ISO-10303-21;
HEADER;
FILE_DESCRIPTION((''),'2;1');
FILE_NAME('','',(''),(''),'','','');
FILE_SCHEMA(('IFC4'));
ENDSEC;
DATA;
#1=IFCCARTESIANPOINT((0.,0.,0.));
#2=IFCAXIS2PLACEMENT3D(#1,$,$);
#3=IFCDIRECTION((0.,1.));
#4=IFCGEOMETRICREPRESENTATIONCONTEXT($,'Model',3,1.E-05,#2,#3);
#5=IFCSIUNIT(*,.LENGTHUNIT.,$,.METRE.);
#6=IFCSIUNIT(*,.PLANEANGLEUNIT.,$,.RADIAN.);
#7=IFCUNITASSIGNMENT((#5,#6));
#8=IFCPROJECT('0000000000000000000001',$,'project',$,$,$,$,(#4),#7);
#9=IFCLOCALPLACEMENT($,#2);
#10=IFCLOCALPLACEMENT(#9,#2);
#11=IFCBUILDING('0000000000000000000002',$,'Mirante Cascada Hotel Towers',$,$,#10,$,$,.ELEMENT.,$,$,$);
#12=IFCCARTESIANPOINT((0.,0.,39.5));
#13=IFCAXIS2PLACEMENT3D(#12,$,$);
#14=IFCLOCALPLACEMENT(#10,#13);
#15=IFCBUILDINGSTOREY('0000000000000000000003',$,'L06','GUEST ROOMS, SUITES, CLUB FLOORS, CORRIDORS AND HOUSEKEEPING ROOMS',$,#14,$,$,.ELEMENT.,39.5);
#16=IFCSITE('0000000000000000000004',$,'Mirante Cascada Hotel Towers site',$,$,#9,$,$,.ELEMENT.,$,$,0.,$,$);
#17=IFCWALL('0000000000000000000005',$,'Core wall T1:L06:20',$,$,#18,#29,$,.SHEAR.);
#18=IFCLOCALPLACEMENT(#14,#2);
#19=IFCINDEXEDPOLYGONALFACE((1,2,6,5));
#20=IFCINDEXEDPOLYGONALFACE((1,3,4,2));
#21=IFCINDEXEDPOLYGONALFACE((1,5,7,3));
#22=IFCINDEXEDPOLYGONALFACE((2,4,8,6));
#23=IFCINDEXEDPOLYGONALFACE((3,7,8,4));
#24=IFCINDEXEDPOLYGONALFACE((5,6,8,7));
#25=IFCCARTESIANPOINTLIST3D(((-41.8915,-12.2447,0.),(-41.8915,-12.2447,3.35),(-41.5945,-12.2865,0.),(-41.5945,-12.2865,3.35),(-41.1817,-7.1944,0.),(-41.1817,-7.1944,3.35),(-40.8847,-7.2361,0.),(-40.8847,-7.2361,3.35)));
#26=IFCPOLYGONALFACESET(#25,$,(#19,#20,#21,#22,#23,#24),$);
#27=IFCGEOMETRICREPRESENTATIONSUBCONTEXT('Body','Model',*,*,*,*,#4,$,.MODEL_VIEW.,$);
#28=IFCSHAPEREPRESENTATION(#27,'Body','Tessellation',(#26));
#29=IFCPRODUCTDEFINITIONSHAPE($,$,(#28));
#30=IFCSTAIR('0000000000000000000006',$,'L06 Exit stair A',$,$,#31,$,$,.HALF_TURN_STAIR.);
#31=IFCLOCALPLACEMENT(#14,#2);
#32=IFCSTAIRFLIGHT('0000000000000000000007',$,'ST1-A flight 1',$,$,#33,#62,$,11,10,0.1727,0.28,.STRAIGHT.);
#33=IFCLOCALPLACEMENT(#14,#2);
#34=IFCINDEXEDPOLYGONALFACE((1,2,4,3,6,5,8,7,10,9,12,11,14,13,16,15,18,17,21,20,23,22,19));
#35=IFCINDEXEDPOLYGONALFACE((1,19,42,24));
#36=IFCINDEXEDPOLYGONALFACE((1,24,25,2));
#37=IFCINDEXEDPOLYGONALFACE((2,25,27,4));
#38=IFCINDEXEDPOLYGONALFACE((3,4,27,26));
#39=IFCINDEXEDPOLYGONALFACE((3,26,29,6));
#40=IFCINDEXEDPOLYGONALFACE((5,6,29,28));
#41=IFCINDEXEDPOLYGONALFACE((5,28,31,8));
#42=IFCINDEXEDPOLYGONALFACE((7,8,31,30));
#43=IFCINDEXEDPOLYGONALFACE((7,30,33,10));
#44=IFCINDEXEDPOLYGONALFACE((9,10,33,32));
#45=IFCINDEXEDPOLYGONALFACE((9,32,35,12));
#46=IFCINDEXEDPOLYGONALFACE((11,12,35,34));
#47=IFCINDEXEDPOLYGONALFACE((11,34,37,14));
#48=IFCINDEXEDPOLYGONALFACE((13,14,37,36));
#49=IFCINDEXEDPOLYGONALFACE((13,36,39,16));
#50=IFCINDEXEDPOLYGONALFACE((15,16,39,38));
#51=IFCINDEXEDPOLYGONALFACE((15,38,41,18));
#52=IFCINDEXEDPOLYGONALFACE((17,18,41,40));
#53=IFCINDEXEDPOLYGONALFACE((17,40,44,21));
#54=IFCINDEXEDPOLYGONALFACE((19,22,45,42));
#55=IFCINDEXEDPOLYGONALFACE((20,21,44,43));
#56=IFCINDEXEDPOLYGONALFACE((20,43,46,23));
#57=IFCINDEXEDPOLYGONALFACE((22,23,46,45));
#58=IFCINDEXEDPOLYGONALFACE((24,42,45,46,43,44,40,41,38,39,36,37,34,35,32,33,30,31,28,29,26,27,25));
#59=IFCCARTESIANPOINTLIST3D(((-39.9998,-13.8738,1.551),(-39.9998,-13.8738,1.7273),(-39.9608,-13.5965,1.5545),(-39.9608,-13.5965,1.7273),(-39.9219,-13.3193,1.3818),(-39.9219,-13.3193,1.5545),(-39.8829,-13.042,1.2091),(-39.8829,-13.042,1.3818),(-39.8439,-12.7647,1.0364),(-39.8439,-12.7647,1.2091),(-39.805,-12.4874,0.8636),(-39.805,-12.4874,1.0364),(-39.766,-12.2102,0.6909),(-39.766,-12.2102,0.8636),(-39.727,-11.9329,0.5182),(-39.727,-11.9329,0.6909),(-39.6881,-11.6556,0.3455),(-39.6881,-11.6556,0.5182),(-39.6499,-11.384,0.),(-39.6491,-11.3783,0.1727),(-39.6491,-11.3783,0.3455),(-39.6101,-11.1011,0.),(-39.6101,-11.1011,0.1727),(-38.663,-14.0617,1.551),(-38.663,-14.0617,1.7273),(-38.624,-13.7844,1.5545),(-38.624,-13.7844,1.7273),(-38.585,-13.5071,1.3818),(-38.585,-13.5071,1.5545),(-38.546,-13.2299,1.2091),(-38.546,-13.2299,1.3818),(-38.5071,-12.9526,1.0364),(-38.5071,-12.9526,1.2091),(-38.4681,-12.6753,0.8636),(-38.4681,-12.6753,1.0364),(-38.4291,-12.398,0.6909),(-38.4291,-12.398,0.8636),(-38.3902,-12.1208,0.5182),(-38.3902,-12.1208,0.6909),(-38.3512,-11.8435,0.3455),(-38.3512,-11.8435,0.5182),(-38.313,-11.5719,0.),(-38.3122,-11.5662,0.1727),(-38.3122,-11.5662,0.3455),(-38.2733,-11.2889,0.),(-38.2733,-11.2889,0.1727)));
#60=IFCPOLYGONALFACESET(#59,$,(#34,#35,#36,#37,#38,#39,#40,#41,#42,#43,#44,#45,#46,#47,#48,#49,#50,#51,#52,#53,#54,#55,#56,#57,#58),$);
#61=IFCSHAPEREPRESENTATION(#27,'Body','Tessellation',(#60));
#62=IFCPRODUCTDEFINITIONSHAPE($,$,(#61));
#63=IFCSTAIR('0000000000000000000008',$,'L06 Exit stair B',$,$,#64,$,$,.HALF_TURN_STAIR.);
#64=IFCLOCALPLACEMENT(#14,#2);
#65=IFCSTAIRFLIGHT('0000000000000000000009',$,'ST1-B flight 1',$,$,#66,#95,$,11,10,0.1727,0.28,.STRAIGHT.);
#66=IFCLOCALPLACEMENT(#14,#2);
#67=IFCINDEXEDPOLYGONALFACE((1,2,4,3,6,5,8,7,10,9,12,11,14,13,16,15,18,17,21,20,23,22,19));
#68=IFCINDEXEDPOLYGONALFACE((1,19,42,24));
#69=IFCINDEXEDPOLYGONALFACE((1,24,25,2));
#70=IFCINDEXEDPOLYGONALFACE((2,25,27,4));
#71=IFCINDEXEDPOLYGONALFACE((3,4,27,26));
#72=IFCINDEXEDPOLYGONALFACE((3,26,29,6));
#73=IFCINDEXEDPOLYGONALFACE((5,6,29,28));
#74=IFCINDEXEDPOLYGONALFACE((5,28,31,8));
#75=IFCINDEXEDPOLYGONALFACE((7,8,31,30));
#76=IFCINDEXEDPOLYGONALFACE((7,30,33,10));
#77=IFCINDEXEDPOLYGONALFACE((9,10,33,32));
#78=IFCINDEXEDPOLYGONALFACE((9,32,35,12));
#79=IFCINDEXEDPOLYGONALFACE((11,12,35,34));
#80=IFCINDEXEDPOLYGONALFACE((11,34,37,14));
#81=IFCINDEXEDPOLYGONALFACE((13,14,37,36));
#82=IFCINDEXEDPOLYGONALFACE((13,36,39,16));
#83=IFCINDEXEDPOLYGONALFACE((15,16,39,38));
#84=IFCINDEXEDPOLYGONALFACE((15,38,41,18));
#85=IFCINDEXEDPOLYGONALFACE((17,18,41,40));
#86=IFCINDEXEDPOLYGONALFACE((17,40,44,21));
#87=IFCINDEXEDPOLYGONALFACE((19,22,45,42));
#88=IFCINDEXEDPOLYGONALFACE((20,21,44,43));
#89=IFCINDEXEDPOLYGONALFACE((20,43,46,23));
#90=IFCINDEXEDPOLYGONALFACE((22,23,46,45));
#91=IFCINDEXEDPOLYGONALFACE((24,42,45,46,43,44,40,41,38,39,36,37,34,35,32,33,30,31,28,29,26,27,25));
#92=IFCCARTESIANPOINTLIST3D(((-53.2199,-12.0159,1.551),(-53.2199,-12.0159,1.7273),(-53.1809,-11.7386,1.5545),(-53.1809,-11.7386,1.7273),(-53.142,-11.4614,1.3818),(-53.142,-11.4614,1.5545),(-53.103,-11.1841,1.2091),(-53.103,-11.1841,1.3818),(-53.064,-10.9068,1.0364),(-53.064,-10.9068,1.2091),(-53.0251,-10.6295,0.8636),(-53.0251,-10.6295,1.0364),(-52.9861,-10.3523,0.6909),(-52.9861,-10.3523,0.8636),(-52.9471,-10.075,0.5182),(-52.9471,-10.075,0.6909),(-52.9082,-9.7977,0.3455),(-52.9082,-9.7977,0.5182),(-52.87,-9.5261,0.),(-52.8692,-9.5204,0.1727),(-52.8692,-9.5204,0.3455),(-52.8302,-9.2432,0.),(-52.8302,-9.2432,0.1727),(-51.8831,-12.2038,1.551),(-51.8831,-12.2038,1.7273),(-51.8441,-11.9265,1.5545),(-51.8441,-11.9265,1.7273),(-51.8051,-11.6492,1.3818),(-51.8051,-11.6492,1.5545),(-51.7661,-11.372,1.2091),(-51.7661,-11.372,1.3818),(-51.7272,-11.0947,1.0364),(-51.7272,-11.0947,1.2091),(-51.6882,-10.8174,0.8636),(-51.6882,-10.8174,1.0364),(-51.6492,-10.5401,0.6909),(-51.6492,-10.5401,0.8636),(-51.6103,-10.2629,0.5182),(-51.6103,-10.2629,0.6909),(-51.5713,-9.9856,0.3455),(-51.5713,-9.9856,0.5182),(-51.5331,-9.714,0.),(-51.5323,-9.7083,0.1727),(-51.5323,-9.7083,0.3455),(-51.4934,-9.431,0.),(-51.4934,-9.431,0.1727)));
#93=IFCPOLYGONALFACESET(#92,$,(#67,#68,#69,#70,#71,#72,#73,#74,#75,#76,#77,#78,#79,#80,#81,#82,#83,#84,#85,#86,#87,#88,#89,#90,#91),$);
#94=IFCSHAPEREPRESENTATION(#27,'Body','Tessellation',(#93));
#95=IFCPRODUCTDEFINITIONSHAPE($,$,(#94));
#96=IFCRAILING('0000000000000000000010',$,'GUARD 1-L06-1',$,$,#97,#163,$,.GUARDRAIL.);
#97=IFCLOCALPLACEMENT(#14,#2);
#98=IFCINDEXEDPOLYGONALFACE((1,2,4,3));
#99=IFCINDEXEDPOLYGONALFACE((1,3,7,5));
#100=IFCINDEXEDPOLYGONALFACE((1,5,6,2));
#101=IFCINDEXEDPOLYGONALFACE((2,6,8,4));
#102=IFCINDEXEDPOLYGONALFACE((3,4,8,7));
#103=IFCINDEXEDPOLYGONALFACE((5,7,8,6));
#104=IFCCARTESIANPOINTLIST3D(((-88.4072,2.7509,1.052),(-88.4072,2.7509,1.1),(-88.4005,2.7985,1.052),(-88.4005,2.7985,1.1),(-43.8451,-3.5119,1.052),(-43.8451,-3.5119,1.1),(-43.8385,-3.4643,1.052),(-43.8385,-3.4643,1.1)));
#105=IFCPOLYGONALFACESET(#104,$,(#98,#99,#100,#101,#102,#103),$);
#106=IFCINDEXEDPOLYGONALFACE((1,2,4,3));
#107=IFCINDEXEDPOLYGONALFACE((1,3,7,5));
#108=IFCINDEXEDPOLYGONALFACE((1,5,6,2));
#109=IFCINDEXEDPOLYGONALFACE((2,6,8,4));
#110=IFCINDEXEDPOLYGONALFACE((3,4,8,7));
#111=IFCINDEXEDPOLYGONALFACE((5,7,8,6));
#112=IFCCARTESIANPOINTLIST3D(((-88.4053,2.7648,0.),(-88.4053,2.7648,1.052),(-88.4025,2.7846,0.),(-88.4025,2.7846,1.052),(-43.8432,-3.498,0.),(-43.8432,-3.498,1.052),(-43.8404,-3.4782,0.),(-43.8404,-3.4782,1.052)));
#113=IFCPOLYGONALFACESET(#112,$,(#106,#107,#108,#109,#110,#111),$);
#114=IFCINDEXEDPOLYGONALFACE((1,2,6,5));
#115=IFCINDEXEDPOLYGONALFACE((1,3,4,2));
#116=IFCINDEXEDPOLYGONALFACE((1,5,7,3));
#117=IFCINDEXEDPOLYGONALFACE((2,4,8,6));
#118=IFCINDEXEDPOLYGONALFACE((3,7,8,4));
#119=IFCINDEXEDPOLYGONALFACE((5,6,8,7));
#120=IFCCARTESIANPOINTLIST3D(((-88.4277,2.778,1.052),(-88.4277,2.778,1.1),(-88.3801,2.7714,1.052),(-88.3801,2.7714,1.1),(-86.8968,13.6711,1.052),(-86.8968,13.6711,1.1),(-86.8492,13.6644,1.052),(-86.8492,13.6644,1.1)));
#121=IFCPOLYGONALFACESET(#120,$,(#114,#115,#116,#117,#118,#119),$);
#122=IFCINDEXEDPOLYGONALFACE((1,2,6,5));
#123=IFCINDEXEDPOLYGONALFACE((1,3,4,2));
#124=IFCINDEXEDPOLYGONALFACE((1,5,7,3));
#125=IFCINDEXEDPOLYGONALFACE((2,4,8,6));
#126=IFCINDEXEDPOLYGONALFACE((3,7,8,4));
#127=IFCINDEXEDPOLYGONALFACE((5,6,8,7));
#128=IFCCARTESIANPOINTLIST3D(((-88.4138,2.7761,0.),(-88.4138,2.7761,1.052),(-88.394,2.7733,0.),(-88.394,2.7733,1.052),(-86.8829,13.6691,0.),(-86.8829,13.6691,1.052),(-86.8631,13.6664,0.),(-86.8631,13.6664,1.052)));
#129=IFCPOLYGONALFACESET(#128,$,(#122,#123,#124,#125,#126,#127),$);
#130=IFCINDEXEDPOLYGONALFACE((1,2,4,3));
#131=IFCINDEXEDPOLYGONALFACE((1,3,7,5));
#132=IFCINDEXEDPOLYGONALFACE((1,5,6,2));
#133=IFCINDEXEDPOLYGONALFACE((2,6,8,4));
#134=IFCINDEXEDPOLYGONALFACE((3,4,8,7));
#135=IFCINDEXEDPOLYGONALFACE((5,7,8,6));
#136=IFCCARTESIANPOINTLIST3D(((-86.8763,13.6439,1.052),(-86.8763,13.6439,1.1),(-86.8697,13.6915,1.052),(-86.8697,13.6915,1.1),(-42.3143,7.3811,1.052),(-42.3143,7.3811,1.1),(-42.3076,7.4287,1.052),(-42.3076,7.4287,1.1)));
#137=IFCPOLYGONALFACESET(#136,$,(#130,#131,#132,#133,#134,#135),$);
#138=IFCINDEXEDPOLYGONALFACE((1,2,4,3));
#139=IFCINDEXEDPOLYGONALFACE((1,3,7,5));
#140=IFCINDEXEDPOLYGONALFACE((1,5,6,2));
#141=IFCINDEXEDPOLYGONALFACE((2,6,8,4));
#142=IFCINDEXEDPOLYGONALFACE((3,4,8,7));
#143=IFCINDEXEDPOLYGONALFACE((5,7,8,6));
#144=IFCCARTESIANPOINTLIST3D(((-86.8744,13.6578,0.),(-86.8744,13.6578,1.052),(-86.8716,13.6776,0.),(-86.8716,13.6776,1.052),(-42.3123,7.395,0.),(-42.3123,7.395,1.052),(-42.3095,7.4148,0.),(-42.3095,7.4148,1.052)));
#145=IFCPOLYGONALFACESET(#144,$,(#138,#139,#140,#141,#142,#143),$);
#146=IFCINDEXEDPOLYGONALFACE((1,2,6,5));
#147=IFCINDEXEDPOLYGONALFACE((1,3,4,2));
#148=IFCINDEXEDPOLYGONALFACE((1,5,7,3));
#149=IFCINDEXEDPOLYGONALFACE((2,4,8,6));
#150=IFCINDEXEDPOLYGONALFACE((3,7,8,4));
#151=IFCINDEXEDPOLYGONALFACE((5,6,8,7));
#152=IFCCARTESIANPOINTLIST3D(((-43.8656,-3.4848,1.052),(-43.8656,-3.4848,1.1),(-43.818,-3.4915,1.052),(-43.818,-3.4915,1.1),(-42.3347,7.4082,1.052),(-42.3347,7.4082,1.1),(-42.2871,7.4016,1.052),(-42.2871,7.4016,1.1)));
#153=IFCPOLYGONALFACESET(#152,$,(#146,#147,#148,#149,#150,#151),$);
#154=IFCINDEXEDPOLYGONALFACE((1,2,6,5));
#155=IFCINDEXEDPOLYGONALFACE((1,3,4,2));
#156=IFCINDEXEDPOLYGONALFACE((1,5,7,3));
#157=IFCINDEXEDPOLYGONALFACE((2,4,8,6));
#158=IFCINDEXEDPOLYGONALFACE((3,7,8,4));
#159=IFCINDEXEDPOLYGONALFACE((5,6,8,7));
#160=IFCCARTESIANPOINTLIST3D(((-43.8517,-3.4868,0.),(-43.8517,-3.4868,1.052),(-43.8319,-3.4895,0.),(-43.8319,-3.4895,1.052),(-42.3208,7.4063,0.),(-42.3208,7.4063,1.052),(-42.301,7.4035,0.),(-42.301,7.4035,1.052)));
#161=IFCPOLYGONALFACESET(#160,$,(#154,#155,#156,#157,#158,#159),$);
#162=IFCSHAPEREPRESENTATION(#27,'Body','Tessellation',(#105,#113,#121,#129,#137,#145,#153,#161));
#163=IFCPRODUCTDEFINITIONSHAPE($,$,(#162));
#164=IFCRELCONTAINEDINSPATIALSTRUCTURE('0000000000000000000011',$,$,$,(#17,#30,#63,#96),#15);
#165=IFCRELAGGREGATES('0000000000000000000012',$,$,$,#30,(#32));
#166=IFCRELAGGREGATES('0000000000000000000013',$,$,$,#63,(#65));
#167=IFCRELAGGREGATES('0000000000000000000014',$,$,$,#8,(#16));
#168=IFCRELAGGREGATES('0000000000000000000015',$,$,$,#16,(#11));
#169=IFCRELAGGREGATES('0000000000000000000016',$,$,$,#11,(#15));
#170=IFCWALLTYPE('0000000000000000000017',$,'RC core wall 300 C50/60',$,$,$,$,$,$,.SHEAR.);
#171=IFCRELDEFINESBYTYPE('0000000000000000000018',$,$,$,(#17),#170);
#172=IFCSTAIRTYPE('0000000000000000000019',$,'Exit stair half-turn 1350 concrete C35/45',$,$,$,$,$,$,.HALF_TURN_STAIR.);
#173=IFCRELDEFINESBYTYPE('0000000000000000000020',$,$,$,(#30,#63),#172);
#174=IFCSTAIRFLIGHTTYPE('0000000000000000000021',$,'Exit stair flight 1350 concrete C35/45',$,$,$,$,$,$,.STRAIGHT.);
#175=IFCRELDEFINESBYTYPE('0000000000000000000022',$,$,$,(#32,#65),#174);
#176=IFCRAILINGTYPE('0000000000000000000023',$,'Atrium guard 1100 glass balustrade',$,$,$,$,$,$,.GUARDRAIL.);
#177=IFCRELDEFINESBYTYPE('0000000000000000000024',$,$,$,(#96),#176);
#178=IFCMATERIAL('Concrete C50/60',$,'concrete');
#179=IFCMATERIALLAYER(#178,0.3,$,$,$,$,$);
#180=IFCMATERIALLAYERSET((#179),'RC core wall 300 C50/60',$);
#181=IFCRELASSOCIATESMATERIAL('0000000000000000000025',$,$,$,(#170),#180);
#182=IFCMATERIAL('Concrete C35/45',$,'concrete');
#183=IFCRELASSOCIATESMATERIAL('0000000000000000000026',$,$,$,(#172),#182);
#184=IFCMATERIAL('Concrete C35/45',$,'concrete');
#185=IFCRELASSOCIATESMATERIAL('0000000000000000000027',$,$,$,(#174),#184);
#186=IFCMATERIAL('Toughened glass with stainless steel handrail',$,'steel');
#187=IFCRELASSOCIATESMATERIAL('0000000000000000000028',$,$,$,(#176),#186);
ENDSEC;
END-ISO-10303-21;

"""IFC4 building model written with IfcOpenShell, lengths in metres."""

from ifc_helpers import new_model, si_unit, direction, frame, frame_2d, origin, origin_2d, place, context, subcontext, project, spatial, polyline, rectangle, outline, extrude, material, layer, layer_set, type_object, element, aggregate, save


model = new_model("IFC4")

# Units and contexts
model_context = context("Model", 3, precision=1e-05, world=origin(), true_north=direction((0.0, 1.0)))
body_context = subcontext(model_context, "Body", "Model", "MODEL_VIEW")
ifc_project = project(units=[si_unit("LENGTHUNIT", "METRE"), si_unit("PLANEANGLEUNIT", "RADIAN")], contexts=[model_context])

# Site, building, storey
site_placement = place(None, origin())
site = spatial("IfcSite", under=ifc_project, at=site_placement, Name="Mirante Cascada Hotel Towers site", CompositionType="ELEMENT", RefElevation=0.0)
building_placement = place(site_placement, origin())
building = spatial("IfcBuilding", under=site, at=building_placement, Name="Mirante Cascada Hotel Towers", CompositionType="ELEMENT")
storey_placement = place(building_placement, frame((0.0, 0.0, 39.5)))
storey = spatial("IfcBuildingStorey", under=building, at=storey_placement, Name="L06", Description="GUEST ROOMS, SUITES, CLUB FLOORS, CORRIDORS AND HOUSEKEEPING ROOMS", CompositionType="ELEMENT", Elevation=39.5)

# Shared definitions
ifc_material_1 = material(Name="Concrete C50/60", Category="concrete")
ifc_layer_1 = layer(ifc_material_1, 0.3)
ifc_layer_set_1 = layer_set([ifc_layer_1], Name="RC core wall 300 C50/60")
wall_type_1 = type_object("IfcWallType", Name="RC core wall 300 C50/60", PredefinedType="SHEAR", material=ifc_layer_set_1)

# Wall
wall_1_placement = place(storey_placement, frame((-41.743, -12.2656, 0.0), z_axis=(0.0, 0.0, 1.0), x_axis=(0.139176, 0.990268, 0.0)))
element("IfcWall", 1, at=wall_1_placement, inside=storey, type_object=wall_type_1, Name="Core wall T1:L06:20", PredefinedType="SHEAR", context=body_context, shape_type="SweptSolid", body=[
    extrude(rectangle(XDim=5.1, YDim=0.3, at=frame_2d((2.55, 0.0))), origin(), (0.0, 0.0, 1.0), 3.35),
])

# Stairs, stair flights
ifc_material_2 = material(Name="Concrete C35/45", Category="concrete")
stair_type = type_object("IfcStairType", Name="Exit stair half-turn 1350 concrete C35/45", PredefinedType="HALF_TURN_STAIR", material=ifc_material_2)
stair_1_placement = place(storey_placement, origin())
stair_1 = element("IfcStair", 2, at=stair_1_placement, inside=storey, type_object=stair_type, Name="L06 Exit stair A", PredefinedType="HALF_TURN_STAIR")
ifc_material_3 = material(Name="Concrete C35/45", Category="concrete")
stair_flight_type = type_object("IfcStairFlightType", Name="Exit stair flight 1350 concrete C35/45", PredefinedType="STRAIGHT", material=ifc_material_3)
stair_flight_1_placement = place(storey_placement, frame((-38.9417, -11.195, 0.0), z_axis=(0.0, 0.0, 1.0), x_axis=(-0.139173, -0.990268, 0.0)))
stair_flight_1 = element("IfcStairFlight", 3, at=stair_flight_1_placement, type_object=stair_flight_type, Name="ST1-A flight 1", NumberOfRisers=11, NumberOfTreads=10, PredefinedType="STRAIGHT", RiserHeight=0.1727, TreadLength=0.28, context=body_context, shape_type="SweptSolid", body=[
    extrude(outline(polyline([(0.0, 0.0), (0.0, 0.1727), (0.28, 0.1727), (0.28, 0.3455), (0.56, 0.3455), (0.56, 0.5182), (0.84, 0.5182), (0.84, 0.6909), (1.12, 0.6909), (1.12, 0.8636), (1.4, 0.8636), (1.4, 1.0364), (1.68, 1.0364), (1.68, 1.2091), (1.96, 1.2091), (1.96, 1.3818), (2.24, 1.3818), (2.24, 1.5545), (2.52, 1.5545), (2.52, 1.7273), (2.8, 1.7273), (2.8, 1.9), (2.8, 1.551), (0.2857, 0.0), (0.0, 0.0)])), frame((0.0, 0.675, 0.0), z_axis=(0.0, -1.0, 0.0), x_axis=(1.0, 0.0, 0.0)), (0.0, 0.0, 1.0), 1.35),
])
aggregate(stair_1, [stair_flight_1])
stair_2_placement = place(storey_placement, origin())
stair_2 = element("IfcStair", 4, at=stair_2_placement, inside=storey, type_object=stair_type, Name="L06 Exit stair B", PredefinedType="HALF_TURN_STAIR")
stair_flight_2_placement = place(storey_placement, frame((-52.1618, -9.3371, 0.0), z_axis=(0.0, 0.0, 1.0), x_axis=(-0.139173, -0.990268, 0.0)))
stair_flight_2 = element("IfcStairFlight", 5, at=stair_flight_2_placement, type_object=stair_flight_type, Name="ST1-B flight 1", NumberOfRisers=11, NumberOfTreads=10, PredefinedType="STRAIGHT", RiserHeight=0.1727, TreadLength=0.28, context=body_context, shape_type="SweptSolid", body=[
    extrude(outline(polyline([(0.0, 0.0), (0.0, 0.1727), (0.28, 0.1727), (0.28, 0.3455), (0.56, 0.3455), (0.56, 0.5182), (0.84, 0.5182), (0.84, 0.6909), (1.12, 0.6909), (1.12, 0.8636), (1.4, 0.8636), (1.4, 1.0364), (1.68, 1.0364), (1.68, 1.2091), (1.96, 1.2091), (1.96, 1.3818), (2.24, 1.3818), (2.24, 1.5545), (2.52, 1.5545), (2.52, 1.7273), (2.8, 1.7273), (2.8, 1.9), (2.8, 1.551), (0.2857, 0.0), (0.0, 0.0)])), frame((0.0, 0.675, 0.0), z_axis=(0.0, -1.0, 0.0), x_axis=(1.0, 0.0, 0.0)), (0.0, 0.0, 1.0), 1.35),
])
aggregate(stair_2, [stair_flight_2])

# Railing
ifc_material_4 = material(Name="Toughened glass with stainless steel handrail", Category="steel")
railing_type_1 = type_object("IfcRailingType", Name="Atrium guard 1100 glass balustrade", PredefinedType="GUARDRAIL", material=ifc_material_4)
railing_1_placement = place(storey_placement, frame((-43.8418, -3.4881, 0.0)))
element("IfcRailing", 6, at=railing_1_placement, inside=storey, type_object=railing_type_1, Name="GUARD 1-L06-1", PredefinedType="GUARDRAIL", context=body_context, shape_type="SweptSolid", body=[
    extrude(rectangle(XDim=0.048, YDim=0.048, at=origin_2d()), frame((0.0, 0.0, 1.076), z_axis=(-0.990268, 0.139173, 0.0), x_axis=(-0.139173, -0.990268, 0.0)), (0.0, 0.0, 1.0), 45.0),
    extrude(rectangle(XDim=0.02, YDim=1.052, at=origin_2d()), frame((0.0, 0.0, 0.526), z_axis=(-0.990268, 0.139173, 0.0), x_axis=(-0.139173, -0.990268, 0.0)), (0.0, 0.0, 1.0), 45.0),
    extrude(rectangle(XDim=0.048, YDim=0.048, at=origin_2d()), frame((-44.5621, 6.2628, 1.076), z_axis=(0.139172, 0.990268, 0.0), x_axis=(-0.990268, 0.139172, 0.0)), (0.0, 0.0, 1.0), 11.0001),
    extrude(rectangle(XDim=0.02, YDim=1.052, at=origin_2d()), frame((-44.5621, 6.2628, 0.526), z_axis=(0.139172, 0.990268, 0.0), x_axis=(-0.990268, 0.139172, 0.0)), (0.0, 0.0, 1.0), 11.0001),
    extrude(rectangle(XDim=0.048, YDim=0.048, at=origin_2d()), frame((-43.0312, 17.1558, 1.076), z_axis=(0.990268, -0.139173, 0.0), x_axis=(0.139173, 0.990268, 0.0)), (0.0, 0.0, 1.0), 45.0),
    extrude(rectangle(XDim=0.02, YDim=1.052, at=origin_2d()), frame((-43.0312, 17.1558, 0.526), z_axis=(0.990268, -0.139173, 0.0), x_axis=(0.139173, 0.990268, 0.0)), (0.0, 0.0, 1.0), 45.0),
    extrude(rectangle(XDim=0.048, YDim=0.048, at=origin_2d()), frame((1.5309, 10.893, 1.076), z_axis=(-0.139172, -0.990268, 0.0), x_axis=(0.990268, -0.139172, 0.0)), (0.0, 0.0, 1.0), 11.0001),
    extrude(rectangle(XDim=0.02, YDim=1.052, at=origin_2d()), frame((1.5309, 10.893, 0.526), z_axis=(-0.139172, -0.990268, 0.0), x_axis=(0.990268, -0.139172, 0.0)), (0.0, 0.0, 1.0), 11.0001),
])

save(model, "model.ifc")
